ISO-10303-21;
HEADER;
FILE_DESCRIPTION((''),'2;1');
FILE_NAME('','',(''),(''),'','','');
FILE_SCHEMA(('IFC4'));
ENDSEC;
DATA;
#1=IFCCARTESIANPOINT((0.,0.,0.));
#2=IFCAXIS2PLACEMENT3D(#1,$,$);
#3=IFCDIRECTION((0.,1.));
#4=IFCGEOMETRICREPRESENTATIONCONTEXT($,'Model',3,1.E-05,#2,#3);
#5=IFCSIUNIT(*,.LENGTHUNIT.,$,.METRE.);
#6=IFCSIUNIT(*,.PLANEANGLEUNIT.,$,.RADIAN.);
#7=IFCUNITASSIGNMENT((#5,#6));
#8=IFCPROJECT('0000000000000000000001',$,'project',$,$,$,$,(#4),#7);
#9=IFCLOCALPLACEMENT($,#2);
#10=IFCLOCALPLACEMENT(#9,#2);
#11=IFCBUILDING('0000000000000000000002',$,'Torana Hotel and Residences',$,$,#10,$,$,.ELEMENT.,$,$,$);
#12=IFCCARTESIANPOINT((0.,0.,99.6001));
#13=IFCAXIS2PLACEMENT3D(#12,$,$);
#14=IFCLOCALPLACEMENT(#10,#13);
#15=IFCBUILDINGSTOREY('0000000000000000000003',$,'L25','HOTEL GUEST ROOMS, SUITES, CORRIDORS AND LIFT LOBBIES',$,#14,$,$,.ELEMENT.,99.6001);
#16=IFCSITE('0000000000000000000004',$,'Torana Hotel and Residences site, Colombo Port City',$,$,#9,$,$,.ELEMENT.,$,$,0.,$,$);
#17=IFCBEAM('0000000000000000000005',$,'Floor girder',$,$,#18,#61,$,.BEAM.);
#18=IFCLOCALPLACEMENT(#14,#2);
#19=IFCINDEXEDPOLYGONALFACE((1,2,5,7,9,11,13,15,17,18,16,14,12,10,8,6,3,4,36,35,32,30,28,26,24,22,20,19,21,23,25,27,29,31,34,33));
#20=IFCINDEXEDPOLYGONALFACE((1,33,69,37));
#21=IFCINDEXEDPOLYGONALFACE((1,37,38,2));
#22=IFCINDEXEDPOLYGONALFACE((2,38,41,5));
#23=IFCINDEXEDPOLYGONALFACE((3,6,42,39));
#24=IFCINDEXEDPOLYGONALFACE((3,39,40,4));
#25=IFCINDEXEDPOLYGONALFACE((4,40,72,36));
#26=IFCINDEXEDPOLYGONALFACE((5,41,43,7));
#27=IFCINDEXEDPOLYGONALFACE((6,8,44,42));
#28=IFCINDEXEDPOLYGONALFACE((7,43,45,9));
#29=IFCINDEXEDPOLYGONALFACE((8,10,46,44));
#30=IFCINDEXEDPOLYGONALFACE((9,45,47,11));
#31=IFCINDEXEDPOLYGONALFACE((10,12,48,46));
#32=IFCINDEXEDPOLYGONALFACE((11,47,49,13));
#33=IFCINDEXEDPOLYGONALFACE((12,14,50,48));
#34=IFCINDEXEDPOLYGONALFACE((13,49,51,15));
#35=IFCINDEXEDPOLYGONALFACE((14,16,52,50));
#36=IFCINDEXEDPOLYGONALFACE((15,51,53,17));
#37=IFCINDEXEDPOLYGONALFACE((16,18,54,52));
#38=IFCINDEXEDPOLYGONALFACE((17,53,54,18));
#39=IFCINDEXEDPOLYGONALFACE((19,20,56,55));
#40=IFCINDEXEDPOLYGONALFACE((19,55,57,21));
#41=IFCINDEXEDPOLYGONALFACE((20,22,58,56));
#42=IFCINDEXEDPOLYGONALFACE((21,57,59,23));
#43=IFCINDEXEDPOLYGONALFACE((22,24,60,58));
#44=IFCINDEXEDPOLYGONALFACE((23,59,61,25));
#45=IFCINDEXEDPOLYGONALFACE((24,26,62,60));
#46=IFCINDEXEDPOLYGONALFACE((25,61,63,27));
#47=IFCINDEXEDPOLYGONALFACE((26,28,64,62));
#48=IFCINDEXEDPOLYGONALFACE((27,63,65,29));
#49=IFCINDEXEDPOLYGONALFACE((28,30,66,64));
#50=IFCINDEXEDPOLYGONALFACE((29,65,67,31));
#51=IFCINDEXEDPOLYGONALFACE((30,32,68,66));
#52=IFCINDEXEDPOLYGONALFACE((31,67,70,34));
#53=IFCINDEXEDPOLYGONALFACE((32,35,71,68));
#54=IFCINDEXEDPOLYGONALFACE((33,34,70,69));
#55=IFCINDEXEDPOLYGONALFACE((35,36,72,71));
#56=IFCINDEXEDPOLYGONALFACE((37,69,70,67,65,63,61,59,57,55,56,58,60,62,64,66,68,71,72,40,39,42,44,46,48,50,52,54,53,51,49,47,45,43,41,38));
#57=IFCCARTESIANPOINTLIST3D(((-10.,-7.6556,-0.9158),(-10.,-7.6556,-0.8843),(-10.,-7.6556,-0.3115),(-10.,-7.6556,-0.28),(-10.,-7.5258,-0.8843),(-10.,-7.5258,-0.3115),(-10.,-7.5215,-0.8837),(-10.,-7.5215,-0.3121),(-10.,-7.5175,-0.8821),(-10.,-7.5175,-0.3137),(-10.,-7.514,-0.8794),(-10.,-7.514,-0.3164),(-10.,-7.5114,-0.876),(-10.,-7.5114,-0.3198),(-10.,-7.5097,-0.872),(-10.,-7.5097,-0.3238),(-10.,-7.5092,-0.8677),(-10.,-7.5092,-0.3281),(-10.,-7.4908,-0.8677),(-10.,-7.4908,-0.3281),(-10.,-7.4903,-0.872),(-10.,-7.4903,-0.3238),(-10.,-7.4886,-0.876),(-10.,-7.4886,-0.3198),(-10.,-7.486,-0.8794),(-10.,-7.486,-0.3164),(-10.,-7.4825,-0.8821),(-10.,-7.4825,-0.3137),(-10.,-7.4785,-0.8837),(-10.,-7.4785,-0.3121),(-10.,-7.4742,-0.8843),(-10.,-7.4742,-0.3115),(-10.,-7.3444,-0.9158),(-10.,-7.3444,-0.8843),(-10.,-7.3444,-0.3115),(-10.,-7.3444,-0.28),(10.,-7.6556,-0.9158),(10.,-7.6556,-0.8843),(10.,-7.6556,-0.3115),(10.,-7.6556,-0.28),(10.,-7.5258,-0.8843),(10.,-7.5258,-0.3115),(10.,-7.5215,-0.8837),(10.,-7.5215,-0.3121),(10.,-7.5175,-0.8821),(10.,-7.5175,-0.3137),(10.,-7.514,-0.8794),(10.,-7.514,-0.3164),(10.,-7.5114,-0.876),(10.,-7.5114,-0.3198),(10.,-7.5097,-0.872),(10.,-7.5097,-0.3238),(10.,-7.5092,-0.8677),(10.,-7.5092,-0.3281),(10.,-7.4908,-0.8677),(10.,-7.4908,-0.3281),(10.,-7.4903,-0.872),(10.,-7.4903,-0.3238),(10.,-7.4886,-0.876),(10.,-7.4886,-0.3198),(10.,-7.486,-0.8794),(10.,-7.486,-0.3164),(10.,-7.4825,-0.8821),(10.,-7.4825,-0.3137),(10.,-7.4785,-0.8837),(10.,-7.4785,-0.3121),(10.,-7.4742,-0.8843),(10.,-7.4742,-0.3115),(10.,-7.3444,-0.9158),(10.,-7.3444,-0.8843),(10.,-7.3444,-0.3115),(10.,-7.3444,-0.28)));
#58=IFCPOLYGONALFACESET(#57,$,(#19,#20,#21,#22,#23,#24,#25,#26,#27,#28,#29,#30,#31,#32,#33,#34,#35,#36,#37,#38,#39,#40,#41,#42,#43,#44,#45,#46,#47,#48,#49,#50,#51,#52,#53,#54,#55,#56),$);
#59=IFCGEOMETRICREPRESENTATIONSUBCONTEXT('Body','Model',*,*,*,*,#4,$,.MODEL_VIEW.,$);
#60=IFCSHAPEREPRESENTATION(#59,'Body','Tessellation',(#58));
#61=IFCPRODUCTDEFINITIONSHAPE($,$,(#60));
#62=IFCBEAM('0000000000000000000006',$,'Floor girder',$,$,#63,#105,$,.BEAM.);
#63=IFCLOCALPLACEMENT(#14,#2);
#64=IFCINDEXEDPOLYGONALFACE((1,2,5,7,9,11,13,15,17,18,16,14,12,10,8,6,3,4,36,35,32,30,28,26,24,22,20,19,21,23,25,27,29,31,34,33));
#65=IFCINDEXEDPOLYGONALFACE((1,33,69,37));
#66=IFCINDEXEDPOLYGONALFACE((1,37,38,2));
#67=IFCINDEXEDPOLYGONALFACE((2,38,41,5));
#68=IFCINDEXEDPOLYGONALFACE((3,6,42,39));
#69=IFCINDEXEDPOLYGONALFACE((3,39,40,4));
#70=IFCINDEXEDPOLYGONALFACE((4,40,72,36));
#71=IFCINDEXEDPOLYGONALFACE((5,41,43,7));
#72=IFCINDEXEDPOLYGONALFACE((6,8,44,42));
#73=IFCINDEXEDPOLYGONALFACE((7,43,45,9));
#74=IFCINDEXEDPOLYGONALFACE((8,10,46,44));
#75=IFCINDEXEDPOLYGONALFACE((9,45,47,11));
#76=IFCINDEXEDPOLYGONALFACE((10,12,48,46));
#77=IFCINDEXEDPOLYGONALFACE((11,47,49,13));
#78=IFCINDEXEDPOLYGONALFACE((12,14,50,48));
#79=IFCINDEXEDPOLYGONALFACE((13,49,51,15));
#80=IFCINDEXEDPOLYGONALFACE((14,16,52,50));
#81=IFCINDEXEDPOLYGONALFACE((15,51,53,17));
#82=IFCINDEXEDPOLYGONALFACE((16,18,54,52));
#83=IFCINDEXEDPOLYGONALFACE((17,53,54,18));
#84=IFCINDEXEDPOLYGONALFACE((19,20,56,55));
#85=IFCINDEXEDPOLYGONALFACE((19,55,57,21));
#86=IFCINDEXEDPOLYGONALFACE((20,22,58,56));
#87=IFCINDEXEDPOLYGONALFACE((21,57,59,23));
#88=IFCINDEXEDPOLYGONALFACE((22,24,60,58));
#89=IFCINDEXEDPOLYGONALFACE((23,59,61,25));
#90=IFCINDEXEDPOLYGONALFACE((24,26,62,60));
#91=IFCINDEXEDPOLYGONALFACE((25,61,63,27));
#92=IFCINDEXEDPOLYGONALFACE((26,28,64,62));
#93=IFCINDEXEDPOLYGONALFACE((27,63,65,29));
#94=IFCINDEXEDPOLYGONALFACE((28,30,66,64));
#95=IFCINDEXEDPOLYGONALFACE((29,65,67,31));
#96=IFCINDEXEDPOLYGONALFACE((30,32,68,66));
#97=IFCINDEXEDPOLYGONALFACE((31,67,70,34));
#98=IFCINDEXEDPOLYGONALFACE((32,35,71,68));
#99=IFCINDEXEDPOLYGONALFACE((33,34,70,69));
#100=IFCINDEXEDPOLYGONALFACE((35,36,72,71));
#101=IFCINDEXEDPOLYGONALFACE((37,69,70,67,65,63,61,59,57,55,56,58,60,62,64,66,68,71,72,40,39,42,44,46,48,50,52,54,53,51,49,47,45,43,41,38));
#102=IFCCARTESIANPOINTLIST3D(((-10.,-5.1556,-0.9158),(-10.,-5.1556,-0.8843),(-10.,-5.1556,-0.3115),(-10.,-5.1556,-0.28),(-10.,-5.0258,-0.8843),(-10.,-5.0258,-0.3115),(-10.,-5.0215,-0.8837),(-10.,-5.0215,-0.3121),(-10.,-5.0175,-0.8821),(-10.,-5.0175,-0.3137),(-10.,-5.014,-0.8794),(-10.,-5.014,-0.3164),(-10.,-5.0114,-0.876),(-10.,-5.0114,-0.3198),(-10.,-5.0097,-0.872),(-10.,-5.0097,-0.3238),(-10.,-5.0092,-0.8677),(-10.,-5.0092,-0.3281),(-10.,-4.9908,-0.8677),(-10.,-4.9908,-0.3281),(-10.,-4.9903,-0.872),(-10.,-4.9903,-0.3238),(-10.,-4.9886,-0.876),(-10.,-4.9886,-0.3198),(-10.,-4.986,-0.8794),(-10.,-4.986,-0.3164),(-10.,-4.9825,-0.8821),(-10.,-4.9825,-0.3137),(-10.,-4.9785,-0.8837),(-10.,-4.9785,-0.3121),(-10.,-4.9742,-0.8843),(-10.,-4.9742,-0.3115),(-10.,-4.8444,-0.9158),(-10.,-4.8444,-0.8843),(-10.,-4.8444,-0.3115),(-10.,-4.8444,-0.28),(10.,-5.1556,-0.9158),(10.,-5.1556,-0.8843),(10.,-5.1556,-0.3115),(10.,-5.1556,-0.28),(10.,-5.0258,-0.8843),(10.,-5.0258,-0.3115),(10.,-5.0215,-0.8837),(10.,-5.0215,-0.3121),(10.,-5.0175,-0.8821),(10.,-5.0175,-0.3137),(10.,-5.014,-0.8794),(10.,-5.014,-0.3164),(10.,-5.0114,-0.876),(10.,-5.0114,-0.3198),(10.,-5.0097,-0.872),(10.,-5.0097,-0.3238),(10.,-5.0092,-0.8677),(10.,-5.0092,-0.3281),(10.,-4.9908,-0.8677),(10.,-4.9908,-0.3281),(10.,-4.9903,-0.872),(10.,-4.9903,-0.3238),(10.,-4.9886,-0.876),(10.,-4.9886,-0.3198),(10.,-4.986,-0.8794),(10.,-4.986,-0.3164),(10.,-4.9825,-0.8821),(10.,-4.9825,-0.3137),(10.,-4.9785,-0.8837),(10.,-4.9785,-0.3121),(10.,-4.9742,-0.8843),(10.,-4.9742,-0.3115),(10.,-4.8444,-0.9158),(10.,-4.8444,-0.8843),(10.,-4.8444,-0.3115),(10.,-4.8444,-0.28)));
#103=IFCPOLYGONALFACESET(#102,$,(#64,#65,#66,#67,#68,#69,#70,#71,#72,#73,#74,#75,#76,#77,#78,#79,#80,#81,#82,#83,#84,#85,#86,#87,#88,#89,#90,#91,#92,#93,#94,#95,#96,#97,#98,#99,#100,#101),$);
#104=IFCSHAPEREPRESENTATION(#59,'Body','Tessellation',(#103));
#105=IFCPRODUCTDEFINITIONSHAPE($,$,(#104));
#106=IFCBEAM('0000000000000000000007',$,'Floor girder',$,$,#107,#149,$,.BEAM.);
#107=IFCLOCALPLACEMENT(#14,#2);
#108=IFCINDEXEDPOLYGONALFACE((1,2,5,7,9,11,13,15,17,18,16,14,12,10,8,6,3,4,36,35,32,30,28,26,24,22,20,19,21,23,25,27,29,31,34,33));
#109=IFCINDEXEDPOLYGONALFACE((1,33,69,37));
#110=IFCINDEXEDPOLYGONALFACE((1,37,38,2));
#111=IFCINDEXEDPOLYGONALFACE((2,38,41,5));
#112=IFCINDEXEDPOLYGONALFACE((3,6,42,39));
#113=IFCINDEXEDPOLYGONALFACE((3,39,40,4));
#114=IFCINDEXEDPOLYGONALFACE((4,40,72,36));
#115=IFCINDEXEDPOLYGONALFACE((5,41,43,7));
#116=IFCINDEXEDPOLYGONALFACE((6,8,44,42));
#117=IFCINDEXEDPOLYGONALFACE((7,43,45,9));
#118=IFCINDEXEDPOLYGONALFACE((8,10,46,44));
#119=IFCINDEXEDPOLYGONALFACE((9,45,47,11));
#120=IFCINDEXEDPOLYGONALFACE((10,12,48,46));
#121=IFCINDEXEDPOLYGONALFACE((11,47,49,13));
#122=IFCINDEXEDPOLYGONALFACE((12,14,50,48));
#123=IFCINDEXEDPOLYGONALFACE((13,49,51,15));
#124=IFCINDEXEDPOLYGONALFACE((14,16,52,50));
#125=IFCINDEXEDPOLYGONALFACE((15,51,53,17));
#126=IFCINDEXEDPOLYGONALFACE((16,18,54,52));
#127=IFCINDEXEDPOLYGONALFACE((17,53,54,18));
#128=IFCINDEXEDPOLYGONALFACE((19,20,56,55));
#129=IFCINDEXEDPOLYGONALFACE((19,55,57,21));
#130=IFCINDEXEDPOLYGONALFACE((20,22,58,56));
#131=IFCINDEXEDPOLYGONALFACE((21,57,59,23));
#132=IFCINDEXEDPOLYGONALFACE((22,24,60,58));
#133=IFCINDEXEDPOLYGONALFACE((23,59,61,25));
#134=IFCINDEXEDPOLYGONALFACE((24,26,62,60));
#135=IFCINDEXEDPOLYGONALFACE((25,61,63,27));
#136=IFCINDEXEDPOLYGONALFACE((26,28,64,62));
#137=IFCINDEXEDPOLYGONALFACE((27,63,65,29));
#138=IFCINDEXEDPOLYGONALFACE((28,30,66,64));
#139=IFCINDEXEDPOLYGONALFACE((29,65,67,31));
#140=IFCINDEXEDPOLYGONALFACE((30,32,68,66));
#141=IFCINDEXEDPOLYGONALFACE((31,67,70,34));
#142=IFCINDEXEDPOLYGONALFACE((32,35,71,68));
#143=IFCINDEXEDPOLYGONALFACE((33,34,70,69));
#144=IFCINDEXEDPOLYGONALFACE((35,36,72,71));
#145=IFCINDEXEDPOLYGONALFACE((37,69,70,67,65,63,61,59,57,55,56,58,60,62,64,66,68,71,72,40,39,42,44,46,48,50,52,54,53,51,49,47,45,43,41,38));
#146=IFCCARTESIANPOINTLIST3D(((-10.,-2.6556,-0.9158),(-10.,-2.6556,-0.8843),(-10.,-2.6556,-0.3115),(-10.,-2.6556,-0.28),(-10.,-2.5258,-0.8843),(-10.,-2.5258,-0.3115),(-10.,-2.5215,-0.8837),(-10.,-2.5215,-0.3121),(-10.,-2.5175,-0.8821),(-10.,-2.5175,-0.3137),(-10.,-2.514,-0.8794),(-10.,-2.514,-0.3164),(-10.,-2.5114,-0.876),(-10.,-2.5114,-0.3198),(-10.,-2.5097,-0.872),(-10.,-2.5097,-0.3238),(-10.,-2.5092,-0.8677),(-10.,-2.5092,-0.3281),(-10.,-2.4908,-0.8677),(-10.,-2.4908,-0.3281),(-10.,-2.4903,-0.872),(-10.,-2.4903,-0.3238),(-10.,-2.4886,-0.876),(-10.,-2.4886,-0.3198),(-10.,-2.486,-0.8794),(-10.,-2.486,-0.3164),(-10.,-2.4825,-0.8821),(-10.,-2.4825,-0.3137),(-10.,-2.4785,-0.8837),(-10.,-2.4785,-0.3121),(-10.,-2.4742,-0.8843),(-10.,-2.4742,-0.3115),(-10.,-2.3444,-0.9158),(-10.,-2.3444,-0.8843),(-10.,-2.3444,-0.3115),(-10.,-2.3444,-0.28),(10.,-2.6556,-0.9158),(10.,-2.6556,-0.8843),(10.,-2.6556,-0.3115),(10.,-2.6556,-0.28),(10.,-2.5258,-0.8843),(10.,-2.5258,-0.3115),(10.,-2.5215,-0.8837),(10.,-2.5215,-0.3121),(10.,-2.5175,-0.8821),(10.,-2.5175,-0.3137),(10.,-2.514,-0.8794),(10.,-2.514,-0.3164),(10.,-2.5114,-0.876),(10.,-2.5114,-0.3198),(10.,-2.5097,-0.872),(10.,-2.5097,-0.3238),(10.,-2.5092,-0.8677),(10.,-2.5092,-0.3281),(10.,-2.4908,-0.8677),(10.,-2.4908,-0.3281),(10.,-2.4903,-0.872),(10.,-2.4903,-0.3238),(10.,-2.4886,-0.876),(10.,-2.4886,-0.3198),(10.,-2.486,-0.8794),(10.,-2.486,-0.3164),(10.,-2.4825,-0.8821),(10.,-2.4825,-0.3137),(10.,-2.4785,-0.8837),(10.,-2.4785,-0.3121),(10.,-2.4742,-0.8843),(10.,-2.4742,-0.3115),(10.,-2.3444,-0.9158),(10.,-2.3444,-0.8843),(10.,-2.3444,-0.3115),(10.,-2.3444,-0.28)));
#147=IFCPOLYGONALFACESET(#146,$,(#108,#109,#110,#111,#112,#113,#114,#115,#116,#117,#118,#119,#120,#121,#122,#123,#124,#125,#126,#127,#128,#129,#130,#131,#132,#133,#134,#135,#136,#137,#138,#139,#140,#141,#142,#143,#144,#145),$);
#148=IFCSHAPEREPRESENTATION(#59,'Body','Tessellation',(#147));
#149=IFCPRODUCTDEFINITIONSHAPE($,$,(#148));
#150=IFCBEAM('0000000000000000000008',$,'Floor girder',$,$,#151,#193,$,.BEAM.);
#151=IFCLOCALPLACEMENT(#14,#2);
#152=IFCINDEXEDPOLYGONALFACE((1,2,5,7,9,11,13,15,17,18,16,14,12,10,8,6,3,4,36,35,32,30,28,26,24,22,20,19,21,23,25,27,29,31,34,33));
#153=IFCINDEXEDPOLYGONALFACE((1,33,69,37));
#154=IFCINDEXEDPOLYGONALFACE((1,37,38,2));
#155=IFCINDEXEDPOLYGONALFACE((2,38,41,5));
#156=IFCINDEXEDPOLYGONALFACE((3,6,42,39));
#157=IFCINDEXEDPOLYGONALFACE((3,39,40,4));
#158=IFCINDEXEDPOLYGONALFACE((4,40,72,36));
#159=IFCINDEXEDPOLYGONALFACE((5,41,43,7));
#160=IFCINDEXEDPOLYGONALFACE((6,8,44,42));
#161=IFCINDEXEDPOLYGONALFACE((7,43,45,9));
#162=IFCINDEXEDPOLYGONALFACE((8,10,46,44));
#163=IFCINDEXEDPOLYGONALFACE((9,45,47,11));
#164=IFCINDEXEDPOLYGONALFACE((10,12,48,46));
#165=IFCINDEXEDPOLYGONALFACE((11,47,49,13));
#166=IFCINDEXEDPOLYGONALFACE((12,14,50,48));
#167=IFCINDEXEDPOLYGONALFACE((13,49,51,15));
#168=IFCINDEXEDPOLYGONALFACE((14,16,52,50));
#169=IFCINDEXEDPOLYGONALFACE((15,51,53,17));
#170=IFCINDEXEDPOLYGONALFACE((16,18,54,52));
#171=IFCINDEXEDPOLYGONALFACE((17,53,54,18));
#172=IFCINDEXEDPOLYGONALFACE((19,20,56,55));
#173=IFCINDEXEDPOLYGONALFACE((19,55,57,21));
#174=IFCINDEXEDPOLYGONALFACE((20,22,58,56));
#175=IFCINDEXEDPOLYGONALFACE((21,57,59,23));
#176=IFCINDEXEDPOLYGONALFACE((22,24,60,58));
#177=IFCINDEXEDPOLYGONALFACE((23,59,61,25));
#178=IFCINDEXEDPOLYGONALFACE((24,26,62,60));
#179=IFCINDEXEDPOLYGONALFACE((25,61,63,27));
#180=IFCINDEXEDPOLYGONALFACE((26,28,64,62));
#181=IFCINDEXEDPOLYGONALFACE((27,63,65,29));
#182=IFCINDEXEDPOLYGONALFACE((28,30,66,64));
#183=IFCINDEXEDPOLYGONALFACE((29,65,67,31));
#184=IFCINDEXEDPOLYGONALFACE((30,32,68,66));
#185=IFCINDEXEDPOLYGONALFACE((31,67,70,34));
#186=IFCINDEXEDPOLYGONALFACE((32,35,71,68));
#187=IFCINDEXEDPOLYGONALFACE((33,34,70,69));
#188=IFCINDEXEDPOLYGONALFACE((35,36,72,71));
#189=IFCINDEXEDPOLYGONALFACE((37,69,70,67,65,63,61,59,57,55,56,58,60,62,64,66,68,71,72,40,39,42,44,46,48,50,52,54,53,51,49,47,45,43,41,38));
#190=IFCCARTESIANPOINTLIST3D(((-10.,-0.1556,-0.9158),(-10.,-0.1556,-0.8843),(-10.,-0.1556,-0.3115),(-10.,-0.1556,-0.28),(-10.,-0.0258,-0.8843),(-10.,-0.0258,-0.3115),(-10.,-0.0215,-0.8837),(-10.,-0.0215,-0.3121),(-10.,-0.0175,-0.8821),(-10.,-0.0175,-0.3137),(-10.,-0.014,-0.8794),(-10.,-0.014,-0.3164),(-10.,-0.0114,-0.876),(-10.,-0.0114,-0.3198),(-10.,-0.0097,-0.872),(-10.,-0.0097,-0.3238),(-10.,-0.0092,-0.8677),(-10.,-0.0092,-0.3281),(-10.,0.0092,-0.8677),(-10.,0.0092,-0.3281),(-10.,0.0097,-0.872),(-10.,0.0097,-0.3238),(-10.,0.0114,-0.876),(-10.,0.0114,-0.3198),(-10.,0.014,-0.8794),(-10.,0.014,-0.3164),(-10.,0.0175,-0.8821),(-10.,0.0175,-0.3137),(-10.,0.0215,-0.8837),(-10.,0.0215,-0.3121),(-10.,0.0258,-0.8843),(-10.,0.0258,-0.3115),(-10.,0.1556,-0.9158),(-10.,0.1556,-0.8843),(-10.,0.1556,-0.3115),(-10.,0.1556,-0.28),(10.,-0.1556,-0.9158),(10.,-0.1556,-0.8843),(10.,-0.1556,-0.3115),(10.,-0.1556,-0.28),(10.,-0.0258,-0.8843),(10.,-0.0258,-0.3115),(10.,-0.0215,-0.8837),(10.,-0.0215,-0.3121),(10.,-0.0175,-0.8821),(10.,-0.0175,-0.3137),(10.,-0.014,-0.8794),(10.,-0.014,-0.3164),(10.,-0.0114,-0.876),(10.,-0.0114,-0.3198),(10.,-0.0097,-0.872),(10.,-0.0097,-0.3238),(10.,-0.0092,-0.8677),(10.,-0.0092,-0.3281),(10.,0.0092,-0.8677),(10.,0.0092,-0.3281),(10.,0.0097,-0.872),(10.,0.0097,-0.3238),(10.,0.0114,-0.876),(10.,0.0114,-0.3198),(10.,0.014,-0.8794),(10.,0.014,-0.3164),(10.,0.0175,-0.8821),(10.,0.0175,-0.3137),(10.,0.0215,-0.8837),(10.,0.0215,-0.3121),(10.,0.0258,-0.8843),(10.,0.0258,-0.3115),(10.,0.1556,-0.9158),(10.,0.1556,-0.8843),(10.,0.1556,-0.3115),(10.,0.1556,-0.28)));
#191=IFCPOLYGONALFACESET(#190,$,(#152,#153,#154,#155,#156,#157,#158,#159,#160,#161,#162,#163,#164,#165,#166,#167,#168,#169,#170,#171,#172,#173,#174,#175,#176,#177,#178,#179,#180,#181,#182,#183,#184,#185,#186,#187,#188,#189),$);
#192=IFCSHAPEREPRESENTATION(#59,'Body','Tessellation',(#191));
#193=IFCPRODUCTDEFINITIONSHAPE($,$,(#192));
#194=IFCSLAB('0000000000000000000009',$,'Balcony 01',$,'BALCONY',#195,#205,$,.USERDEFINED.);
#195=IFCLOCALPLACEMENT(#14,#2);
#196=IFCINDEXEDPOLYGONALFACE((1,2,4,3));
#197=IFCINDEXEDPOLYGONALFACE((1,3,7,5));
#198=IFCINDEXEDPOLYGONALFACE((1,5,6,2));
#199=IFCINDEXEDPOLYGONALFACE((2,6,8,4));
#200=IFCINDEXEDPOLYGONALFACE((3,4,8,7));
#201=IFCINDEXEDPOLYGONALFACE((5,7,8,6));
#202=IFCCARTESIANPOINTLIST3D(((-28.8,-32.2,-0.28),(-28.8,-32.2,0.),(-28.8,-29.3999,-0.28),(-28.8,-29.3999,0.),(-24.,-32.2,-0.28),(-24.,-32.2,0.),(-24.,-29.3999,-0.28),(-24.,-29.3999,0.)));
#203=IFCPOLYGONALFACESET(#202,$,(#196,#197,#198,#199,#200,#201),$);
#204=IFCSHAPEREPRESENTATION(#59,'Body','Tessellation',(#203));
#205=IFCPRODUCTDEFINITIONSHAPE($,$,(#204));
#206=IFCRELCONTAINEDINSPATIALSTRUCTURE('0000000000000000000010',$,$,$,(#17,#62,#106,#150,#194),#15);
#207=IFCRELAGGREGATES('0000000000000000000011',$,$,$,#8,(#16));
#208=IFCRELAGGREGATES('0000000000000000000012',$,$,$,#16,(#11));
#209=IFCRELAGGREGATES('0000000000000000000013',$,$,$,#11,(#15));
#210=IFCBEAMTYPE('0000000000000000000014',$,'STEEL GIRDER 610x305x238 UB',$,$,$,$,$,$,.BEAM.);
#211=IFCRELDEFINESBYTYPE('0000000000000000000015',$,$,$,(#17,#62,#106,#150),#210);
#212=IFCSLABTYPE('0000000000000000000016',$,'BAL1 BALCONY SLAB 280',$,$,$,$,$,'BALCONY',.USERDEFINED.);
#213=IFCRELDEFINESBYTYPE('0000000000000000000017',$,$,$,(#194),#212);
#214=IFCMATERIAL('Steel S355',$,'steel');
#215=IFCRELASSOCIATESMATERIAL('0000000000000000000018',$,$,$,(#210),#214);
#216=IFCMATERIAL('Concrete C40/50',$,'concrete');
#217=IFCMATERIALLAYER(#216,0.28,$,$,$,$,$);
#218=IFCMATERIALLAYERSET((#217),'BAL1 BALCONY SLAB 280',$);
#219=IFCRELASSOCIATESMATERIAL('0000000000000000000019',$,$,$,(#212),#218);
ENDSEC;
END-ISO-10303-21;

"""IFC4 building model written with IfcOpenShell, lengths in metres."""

from ifc_helpers import new_model, si_unit, direction, frame, origin, origin_2d, place, context, subcontext, project, spatial, polyline, i_section, outline, extrude, material, layer, layer_set, material_profile, profile_set, type_object, element, save


model = new_model("IFC4")

# Units and contexts
model_context = context("Model", 3, precision=1e-05, world=origin(), true_north=direction((0.0, 1.0)))
body_context = subcontext(model_context, "Body", "Model", "MODEL_VIEW")
ifc_project = project(units=[si_unit("LENGTHUNIT", "METRE"), si_unit("PLANEANGLEUNIT", "RADIAN")], contexts=[model_context])

# Site, building, storey
site_placement = place(None, origin())
site = spatial("IfcSite", under=ifc_project, at=site_placement, Name="Torana Hotel and Residences site, Colombo Port City", CompositionType="ELEMENT", RefElevation=0.0)
building_placement = place(site_placement, origin())
building = spatial("IfcBuilding", under=site, at=building_placement, Name="Torana Hotel and Residences", CompositionType="ELEMENT")
storey_placement = place(building_placement, frame((0.0, 0.0, 99.6001)))
storey = spatial("IfcBuildingStorey", under=building, at=storey_placement, Name="L25", Description="HOTEL GUEST ROOMS, SUITES, CORRIDORS AND LIFT LOBBIES", CompositionType="ELEMENT", Elevation=99.6001)

# Beams
ifc_material_1 = material(Name="Steel S355", Category="steel")
ifc_material_profile = material_profile(ifc_material_1, i_section(OverallWidth=0.3113, OverallDepth=0.6357, WebThickness=0.0183, FlangeThickness=0.0315, FilletRadius=0.0166, at=origin_2d()), Name="610x305x238 UB")
ifc_profile_set = profile_set([ifc_material_profile], Name="Steel S355")
beam_type = type_object("IfcBeamType", Name="STEEL GIRDER 610x305x238 UB", PredefinedType="BEAM", material=ifc_profile_set)
for number, where, z_axis, x_axis, name in (
    (1, (-10.0, -7.5, -0.5979), (1.0, 0.0, 0.0), (0.0, 1.0, 0.0), "Floor girder"),
    (2, (-10.0, -5.0, -0.5979), (1.0, 0.0, 0.0), (0.0, 1.0, 0.0), "Floor girder"),
    (3, (-10.0, -2.5, -0.5979), (1.0, 0.0, 0.0), (0.0, 1.0, 0.0), "Floor girder"),
    (4, (-10.0, 0.0, -0.5979), (1.0, 0.0, 0.0), (0.0, 1.0, 0.0), "Floor girder"),
):
    element("IfcBeam", number, at=place(storey_placement, frame(where, z_axis=z_axis, x_axis=x_axis)), inside=storey, type_object=beam_type, Name=name, PredefinedType="BEAM", context=body_context, shape_type="SweptSolid", body=[
        extrude(i_section(OverallWidth=0.3113, OverallDepth=0.6357, WebThickness=0.0183, FlangeThickness=0.0315, FilletRadius=0.0166, at=origin_2d()), origin(), (0.0, 0.0, 1.0), 20.0),
    ])

# Slab
ifc_material_2 = material(Name="Concrete C40/50", Category="concrete")
ifc_layer_1 = layer(ifc_material_2, 0.28)
ifc_layer_set_1 = layer_set([ifc_layer_1], Name="BAL1 BALCONY SLAB 280")
slab_type_1 = type_object("IfcSlabType", Name="BAL1 BALCONY SLAB 280", ElementType="BALCONY", PredefinedType="USERDEFINED", material=ifc_layer_set_1)
slab_1_placement = place(storey_placement, frame((0.0, 0.0, -0.28)))
element("IfcSlab", 5, at=slab_1_placement, inside=storey, type_object=slab_type_1, Name="Balcony 01", ObjectType="BALCONY", PredefinedType="USERDEFINED", context=body_context, shape_type="SweptSolid", body=[
    extrude(outline(polyline([(-28.8, -32.2), (-24.0, -32.2), (-24.0, -29.3999), (-28.8, -29.3999), (-28.8, -32.2)])), origin(), (0.0, 0.0, 1.0), 0.28),
])

save(model, "model.ifc")
